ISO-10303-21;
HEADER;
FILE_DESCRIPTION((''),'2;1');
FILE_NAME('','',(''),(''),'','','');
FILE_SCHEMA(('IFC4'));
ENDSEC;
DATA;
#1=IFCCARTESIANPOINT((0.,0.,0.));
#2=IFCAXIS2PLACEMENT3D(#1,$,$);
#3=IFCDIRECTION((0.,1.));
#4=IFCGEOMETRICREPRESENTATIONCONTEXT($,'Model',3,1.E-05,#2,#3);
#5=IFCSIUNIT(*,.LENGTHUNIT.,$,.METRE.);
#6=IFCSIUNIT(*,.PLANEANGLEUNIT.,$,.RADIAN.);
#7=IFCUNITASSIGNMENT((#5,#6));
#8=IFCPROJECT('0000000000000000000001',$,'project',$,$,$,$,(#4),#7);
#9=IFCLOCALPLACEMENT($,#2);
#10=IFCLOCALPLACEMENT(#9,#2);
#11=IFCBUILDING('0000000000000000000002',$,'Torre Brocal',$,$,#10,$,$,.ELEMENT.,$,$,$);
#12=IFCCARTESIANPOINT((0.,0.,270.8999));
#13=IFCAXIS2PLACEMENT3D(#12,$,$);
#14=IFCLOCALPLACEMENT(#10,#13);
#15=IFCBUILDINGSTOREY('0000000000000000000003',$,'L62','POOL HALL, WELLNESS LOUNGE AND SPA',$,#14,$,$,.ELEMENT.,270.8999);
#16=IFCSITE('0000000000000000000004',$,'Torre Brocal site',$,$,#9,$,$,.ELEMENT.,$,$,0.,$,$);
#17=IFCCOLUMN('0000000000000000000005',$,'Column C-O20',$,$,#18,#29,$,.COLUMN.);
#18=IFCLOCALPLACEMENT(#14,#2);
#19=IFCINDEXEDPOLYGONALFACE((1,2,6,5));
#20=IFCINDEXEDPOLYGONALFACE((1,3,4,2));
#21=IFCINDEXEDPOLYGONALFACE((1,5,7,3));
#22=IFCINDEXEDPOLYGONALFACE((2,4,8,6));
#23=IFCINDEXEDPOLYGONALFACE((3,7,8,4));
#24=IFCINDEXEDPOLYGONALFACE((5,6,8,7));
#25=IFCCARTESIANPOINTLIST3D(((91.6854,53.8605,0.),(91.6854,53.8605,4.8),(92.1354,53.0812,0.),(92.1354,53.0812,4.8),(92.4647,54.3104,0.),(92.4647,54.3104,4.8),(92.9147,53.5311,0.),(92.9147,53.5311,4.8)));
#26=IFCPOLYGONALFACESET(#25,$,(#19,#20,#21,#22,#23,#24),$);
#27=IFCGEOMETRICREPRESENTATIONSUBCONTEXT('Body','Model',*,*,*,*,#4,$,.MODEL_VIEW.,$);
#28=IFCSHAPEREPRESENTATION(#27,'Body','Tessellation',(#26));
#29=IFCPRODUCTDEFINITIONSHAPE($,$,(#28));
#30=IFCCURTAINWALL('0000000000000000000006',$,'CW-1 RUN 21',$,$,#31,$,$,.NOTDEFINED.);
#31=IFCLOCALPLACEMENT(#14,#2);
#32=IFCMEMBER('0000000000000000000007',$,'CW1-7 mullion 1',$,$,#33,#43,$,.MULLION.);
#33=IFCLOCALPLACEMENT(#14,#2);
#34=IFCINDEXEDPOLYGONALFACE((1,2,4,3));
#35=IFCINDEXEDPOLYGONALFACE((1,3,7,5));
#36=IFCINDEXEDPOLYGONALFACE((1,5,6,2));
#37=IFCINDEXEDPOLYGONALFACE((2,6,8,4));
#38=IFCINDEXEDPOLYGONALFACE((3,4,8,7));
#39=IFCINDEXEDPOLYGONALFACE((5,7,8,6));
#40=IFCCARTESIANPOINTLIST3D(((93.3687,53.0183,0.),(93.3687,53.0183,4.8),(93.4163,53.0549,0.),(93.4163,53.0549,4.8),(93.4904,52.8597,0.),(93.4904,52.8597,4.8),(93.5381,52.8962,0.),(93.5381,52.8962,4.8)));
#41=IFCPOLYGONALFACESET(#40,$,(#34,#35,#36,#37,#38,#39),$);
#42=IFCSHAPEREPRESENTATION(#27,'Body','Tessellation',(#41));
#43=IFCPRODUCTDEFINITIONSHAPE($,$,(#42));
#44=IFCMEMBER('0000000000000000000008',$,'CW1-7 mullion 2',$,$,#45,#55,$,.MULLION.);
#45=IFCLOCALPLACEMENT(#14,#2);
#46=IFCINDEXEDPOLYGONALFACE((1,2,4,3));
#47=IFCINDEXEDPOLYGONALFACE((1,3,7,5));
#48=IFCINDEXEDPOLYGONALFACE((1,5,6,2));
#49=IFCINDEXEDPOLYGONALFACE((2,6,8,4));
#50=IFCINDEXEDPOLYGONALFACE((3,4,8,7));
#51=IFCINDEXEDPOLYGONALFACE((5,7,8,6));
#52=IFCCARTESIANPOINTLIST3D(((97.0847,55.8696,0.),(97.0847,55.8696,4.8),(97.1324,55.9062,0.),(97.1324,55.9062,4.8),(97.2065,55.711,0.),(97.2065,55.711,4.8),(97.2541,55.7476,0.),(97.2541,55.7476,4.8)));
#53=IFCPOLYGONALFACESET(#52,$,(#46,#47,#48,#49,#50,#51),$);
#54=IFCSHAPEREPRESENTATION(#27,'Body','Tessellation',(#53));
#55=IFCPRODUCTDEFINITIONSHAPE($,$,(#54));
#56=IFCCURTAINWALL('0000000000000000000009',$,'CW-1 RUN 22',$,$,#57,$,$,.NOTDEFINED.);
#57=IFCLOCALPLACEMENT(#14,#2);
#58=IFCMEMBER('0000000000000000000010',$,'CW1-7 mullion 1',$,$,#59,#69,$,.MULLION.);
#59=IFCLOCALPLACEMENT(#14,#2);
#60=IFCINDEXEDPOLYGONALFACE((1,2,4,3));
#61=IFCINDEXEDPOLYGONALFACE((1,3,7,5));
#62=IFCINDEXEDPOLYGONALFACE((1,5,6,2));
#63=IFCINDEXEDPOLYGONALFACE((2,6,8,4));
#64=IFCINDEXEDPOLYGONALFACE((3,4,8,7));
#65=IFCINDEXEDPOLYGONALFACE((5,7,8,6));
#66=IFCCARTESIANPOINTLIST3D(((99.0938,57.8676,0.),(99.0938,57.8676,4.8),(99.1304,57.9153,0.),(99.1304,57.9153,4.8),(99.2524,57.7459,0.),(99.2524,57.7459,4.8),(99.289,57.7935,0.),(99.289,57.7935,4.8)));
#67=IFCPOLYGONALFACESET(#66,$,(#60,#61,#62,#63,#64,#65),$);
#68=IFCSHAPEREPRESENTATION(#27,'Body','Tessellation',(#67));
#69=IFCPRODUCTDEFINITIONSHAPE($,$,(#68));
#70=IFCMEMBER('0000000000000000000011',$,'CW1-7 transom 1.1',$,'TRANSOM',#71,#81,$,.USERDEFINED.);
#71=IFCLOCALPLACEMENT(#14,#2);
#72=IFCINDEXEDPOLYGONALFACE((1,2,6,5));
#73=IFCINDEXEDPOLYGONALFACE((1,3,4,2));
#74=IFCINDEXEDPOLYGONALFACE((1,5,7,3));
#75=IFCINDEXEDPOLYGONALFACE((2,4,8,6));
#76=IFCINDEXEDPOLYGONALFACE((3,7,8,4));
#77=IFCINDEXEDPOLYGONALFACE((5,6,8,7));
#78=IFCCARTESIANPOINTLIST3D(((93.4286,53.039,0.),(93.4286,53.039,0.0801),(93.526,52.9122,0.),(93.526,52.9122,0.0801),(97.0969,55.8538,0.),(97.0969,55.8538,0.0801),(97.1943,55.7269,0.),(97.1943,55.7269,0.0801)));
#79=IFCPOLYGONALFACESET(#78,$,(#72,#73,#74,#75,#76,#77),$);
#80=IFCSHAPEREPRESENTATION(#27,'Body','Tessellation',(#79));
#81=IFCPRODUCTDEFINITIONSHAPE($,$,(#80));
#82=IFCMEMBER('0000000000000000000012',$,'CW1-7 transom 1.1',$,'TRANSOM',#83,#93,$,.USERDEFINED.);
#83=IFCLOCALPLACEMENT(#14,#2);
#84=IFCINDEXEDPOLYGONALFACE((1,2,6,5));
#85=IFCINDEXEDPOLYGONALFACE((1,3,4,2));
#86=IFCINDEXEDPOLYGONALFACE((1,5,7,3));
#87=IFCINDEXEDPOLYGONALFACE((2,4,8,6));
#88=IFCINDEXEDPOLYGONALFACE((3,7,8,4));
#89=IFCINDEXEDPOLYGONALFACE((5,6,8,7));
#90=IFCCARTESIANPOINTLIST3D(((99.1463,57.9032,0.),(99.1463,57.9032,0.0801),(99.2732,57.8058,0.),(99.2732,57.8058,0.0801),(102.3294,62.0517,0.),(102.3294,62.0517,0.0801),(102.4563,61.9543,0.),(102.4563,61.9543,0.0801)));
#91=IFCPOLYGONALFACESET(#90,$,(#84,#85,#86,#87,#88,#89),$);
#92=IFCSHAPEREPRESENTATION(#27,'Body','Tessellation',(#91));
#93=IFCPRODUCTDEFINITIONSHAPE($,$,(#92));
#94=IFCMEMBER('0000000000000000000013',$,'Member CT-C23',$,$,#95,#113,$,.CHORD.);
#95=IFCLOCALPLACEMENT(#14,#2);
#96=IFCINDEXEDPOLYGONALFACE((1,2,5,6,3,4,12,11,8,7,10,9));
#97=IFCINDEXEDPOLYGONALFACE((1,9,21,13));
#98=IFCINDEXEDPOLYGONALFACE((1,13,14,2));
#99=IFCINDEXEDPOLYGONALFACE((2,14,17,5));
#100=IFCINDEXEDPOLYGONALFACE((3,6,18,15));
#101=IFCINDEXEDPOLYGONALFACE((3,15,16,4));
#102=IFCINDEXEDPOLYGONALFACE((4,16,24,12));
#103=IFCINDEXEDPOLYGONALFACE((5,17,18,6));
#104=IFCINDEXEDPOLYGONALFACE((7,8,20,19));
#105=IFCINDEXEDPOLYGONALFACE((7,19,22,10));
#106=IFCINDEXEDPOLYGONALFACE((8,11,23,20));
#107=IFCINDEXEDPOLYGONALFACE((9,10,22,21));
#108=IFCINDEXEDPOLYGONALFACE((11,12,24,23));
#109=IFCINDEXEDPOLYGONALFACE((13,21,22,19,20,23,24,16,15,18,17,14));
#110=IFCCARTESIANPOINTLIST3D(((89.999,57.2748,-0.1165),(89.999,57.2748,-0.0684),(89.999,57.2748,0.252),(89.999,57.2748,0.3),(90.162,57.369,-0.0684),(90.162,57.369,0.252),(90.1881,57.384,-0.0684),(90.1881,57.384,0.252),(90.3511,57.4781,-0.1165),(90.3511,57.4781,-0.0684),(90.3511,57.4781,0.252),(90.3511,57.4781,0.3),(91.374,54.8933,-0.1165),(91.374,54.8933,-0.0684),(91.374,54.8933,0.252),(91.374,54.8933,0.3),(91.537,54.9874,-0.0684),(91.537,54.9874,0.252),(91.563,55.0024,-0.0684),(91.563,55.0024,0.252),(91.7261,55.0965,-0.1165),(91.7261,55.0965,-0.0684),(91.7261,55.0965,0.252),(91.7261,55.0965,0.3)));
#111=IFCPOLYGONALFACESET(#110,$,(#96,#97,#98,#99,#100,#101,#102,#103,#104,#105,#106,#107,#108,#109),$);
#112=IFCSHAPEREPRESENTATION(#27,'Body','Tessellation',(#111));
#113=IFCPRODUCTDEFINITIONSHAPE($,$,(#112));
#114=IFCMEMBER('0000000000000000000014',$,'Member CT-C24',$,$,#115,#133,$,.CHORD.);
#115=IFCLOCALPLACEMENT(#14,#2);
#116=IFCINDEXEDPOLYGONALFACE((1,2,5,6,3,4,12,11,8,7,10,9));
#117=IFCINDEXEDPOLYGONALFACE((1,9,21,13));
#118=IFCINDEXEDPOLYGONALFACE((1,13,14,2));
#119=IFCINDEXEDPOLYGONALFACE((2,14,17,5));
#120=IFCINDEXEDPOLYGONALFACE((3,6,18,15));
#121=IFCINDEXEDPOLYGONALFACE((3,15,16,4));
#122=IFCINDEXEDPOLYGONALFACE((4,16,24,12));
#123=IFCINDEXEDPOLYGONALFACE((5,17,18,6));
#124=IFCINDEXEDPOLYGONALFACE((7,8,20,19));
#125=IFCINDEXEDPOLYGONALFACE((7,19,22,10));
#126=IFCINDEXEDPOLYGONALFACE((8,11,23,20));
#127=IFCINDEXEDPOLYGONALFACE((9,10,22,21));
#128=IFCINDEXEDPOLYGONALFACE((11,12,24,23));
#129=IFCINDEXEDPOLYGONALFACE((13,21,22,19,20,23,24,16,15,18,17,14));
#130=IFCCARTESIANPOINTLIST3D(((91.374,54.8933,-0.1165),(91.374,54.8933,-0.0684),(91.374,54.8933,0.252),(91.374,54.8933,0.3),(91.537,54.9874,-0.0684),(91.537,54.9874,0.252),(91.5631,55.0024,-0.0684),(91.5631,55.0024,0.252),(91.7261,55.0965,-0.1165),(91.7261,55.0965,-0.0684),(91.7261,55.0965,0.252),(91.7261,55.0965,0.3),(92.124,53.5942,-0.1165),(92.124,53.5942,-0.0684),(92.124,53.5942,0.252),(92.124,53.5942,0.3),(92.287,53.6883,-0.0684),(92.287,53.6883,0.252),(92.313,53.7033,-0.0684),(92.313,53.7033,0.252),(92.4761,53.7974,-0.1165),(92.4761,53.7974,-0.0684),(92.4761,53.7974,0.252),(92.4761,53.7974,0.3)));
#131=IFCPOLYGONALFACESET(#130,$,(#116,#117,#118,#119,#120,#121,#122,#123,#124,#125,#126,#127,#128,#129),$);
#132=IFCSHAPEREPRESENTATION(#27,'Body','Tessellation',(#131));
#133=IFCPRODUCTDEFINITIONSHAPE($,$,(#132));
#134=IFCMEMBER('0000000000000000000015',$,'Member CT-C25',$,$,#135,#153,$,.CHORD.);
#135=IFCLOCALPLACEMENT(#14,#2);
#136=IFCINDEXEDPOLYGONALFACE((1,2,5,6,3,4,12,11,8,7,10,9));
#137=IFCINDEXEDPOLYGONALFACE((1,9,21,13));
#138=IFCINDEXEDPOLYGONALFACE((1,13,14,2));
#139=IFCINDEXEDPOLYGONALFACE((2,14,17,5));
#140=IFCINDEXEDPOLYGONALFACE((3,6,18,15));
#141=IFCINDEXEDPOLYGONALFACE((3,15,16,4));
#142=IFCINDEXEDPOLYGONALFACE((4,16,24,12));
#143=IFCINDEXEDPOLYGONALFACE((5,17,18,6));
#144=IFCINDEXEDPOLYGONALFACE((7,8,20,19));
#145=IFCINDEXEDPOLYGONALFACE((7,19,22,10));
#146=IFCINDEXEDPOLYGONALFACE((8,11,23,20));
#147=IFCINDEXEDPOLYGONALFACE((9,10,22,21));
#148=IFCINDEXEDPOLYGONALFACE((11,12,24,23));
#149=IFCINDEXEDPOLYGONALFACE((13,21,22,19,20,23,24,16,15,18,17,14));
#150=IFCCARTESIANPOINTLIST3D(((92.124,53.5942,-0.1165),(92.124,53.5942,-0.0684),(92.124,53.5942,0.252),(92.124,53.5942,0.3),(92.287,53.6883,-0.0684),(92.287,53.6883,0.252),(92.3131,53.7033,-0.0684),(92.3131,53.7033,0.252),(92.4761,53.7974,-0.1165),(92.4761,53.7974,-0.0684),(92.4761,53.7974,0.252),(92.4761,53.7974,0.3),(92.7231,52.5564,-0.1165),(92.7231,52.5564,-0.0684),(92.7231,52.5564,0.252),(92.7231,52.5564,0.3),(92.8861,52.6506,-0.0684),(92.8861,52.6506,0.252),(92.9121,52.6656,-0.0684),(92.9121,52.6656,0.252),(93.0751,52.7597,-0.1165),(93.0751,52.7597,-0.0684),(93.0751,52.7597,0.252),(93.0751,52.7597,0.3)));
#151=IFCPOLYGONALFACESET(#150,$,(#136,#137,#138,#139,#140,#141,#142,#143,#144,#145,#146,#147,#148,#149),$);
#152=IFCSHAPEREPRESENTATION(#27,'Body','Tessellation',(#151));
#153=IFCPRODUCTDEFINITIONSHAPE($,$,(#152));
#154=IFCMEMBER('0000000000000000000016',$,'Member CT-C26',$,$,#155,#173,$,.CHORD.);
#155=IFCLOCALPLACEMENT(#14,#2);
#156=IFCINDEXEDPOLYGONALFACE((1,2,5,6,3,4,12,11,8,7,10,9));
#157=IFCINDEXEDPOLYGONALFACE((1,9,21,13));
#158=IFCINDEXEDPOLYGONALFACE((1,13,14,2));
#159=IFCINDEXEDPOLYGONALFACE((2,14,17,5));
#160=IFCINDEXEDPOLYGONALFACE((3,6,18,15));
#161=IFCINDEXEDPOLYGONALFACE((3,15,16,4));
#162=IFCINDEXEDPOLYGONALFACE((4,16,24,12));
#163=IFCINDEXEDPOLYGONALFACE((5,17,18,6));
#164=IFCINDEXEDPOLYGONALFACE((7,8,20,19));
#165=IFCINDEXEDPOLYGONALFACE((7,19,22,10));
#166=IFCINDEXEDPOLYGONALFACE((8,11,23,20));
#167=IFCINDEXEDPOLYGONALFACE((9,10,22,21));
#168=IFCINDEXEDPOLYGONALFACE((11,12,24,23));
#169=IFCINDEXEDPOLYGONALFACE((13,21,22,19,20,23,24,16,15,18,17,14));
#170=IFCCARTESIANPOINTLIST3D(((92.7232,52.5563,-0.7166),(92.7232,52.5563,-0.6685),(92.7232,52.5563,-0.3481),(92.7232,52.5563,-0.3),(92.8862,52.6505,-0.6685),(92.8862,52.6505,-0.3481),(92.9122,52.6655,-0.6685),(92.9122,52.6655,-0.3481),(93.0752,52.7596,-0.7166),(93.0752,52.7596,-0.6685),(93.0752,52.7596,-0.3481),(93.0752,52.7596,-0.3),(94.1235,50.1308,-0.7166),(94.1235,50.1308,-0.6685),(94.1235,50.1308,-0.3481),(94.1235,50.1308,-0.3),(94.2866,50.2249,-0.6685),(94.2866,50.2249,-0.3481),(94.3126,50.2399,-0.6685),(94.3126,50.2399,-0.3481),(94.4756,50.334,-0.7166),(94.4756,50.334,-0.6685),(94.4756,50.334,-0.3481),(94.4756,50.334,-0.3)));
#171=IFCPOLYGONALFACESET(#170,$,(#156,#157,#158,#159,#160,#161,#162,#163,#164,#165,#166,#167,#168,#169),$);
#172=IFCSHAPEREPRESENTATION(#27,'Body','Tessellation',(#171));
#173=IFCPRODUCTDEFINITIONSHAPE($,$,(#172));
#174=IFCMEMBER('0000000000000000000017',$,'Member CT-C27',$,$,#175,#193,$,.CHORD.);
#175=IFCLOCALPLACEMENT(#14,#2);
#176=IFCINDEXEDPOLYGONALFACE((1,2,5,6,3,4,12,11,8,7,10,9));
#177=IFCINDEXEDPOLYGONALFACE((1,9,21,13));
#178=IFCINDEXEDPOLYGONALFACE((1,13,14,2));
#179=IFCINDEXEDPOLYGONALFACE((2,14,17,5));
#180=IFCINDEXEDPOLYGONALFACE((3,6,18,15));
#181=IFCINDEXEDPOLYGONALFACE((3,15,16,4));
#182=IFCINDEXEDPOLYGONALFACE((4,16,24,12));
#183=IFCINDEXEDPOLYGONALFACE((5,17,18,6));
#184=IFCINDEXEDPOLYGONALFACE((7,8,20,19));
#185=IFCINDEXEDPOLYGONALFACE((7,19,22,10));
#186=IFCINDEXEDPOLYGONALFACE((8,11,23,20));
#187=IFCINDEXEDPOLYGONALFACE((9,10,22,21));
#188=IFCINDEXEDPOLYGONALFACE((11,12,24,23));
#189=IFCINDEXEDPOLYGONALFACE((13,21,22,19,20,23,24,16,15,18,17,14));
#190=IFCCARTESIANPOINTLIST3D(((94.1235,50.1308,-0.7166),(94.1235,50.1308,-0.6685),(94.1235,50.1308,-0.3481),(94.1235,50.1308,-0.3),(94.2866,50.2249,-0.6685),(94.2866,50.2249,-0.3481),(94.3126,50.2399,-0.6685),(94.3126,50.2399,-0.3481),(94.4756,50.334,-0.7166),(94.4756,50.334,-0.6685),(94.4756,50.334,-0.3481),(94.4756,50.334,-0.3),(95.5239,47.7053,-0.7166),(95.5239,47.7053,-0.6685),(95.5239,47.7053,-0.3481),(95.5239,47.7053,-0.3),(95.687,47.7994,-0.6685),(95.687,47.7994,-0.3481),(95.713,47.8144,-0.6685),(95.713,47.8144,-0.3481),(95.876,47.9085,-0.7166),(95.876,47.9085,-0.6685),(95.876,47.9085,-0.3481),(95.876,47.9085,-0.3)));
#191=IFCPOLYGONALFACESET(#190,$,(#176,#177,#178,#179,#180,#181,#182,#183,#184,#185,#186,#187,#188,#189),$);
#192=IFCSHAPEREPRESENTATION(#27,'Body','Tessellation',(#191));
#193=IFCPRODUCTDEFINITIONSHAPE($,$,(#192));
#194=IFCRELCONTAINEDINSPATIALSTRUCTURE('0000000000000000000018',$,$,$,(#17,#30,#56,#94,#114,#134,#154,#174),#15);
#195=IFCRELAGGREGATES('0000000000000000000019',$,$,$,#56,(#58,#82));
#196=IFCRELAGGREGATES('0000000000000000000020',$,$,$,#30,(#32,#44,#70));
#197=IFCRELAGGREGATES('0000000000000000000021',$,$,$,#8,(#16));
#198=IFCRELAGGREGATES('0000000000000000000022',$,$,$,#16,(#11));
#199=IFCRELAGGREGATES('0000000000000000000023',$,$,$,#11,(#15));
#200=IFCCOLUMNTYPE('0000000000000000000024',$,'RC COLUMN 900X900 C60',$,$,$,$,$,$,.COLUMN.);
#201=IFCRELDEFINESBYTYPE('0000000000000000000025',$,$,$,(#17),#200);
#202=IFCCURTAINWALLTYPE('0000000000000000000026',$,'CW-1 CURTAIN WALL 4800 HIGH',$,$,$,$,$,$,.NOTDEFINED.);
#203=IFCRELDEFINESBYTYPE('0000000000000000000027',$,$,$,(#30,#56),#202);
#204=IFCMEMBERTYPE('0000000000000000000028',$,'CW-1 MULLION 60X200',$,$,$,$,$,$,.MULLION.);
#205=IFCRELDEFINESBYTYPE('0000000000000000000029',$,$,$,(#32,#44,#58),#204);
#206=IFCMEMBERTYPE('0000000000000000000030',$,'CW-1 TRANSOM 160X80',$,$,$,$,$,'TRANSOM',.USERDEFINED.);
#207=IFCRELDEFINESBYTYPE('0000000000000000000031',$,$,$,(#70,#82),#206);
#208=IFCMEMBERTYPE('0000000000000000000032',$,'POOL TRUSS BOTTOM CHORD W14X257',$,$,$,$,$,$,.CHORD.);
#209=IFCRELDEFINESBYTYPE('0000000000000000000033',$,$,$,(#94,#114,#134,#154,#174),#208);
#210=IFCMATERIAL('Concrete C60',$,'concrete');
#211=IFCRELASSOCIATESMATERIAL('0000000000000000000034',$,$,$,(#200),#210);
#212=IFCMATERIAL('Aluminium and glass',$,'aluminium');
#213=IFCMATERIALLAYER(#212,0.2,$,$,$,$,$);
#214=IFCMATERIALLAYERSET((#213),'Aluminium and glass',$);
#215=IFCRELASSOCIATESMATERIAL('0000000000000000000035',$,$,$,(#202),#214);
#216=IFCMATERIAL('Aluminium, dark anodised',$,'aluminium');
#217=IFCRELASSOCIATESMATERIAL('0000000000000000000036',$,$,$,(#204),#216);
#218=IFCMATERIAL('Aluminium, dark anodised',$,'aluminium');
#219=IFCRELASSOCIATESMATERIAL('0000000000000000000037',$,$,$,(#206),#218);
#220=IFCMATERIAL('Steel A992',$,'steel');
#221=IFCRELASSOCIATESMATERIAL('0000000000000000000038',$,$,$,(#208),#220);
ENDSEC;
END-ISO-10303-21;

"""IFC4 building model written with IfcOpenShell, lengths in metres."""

from ifc_helpers import new_model, si_unit, direction, frame, origin, origin_2d, place, context, subcontext, project, spatial, rectangle, i_section, extrude, material, layer, layer_set, material_profile, profile_set, type_object, element, aggregate, save


model = new_model("IFC4")

# Units and contexts
model_context = context("Model", 3, precision=1e-05, world=origin(), true_north=direction((0.0, 1.0)))
body_context = subcontext(model_context, "Body", "Model", "MODEL_VIEW")
ifc_project = project(units=[si_unit("LENGTHUNIT", "METRE"), si_unit("PLANEANGLEUNIT", "RADIAN")], contexts=[model_context])

# Site, building, storey
site_placement = place(None, origin())
site = spatial("IfcSite", under=ifc_project, at=site_placement, Name="Torre Brocal site", CompositionType="ELEMENT", RefElevation=0.0)
building_placement = place(site_placement, origin())
building = spatial("IfcBuilding", under=site, at=building_placement, Name="Torre Brocal", CompositionType="ELEMENT")
storey_placement = place(building_placement, frame((0.0, 0.0, 270.8999)))
storey = spatial("IfcBuildingStorey", under=building, at=storey_placement, Name="L62", Description="POOL HALL, WELLNESS LOUNGE AND SPA", CompositionType="ELEMENT", Elevation=270.8999)

# Column
ifc_material_1 = material(Name="Concrete C60", Category="concrete")
ifc_material_profile_1 = material_profile(ifc_material_1, rectangle(XDim=0.8999, YDim=0.8999, at=origin_2d()), Name="RC 900X900")
ifc_profile_set_1 = profile_set([ifc_material_profile_1], Name="Concrete C60")
column_type = type_object("IfcColumnType", Name="RC COLUMN 900X900 C60", PredefinedType="COLUMN", material=ifc_profile_set_1)
column_placement = place(storey_placement, frame((92.3, 53.6958, 0.0), z_axis=(0.0, 0.0, 1.0), x_axis=(0.5, -0.866025, 0.0)))
element("IfcColumn", 1, at=column_placement, inside=storey, type_object=column_type, Name="Column C-O20", PredefinedType="COLUMN", context=body_context, shape_type="SweptSolid", body=[
    extrude(rectangle(XDim=0.8999, YDim=0.8999, at=origin_2d()), origin(), (0.0, 0.0, 1.0), 4.8),
])

# Curtain wall, members
ifc_material_2 = material(Name="Aluminium and glass", Category="aluminium")
ifc_layer_1 = layer(ifc_material_2, 0.2)
ifc_layer_set_1 = layer_set([ifc_layer_1], Name="Aluminium and glass")
curtain_wall_type = type_object("IfcCurtainWallType", Name="CW-1 CURTAIN WALL 4800 HIGH", PredefinedType="NOTDEFINED", material=ifc_layer_set_1)
curtain_wall_1_placement = place(storey_placement, origin())
curtain_wall_1 = element("IfcCurtainWall", 2, at=curtain_wall_1_placement, inside=storey, type_object=curtain_wall_type, Name="CW-1 RUN 21", PredefinedType="NOTDEFINED")
ifc_material_3 = material(Name="Aluminium, dark anodised", Category="aluminium")
ifc_material_profile_2 = material_profile(ifc_material_3, rectangle(XDim=0.2, YDim=0.0601, at=origin_2d()), Name="CW-1 MULLION 60X200")
ifc_profile_set_2 = profile_set([ifc_material_profile_2], Name="Aluminium, dark anodised")
member_type_1 = type_object("IfcMemberType", Name="CW-1 MULLION 60X200", PredefinedType="MULLION", material=ifc_profile_set_2)
member_1_placement = place(storey_placement, frame((93.4534, 52.9573, 0.0), z_axis=(0.0, 0.0, 1.0), x_axis=(-0.608761, 0.793353, 0.0)))
member_1 = element("IfcMember", 3, at=member_1_placement, type_object=member_type_1, Name="CW1-7 mullion 1", PredefinedType="MULLION", context=body_context, shape_type="SweptSolid", body=[
    extrude(rectangle(XDim=0.2, YDim=0.0601, at=origin_2d()), origin(), (0.0, 0.0, 1.0), 4.8),
])
member_2_placement = place(storey_placement, frame((97.1694, 55.8086, 0.0), z_axis=(0.0, 0.0, 1.0), x_axis=(-0.608761, 0.793353, 0.0)))
member_2 = element("IfcMember", 4, at=member_2_placement, type_object=member_type_1, Name="CW1-7 mullion 2", PredefinedType="MULLION", context=body_context, shape_type="SweptSolid", body=[
    extrude(rectangle(XDim=0.2, YDim=0.0601, at=origin_2d()), origin(), (0.0, 0.0, 1.0), 4.8),
])

# Curtain wall, member
curtain_wall_2_placement = place(storey_placement, origin())
curtain_wall_2 = element("IfcCurtainWall", 5, at=curtain_wall_2_placement, inside=storey, type_object=curtain_wall_type, Name="CW-1 RUN 22", PredefinedType="NOTDEFINED")
member_3_placement = place(storey_placement, frame((99.1914, 57.8306, 0.0), z_axis=(0.0, 0.0, 1.0), x_axis=(-0.793353, 0.608761, 0.0)))
member_3 = element("IfcMember", 6, at=member_3_placement, type_object=member_type_1, Name="CW1-7 mullion 1", PredefinedType="MULLION", context=body_context, shape_type="SweptSolid", body=[
    extrude(rectangle(XDim=0.2, YDim=0.0601, at=origin_2d()), origin(), (0.0, 0.0, 1.0), 4.8),
])

# Members
ifc_material_4 = material(Name="Aluminium, dark anodised", Category="aluminium")
ifc_material_profile_3 = material_profile(ifc_material_4, rectangle(XDim=0.1599, YDim=0.0801, at=origin_2d()), Name="CW-1 TRANSOM 160X80")
ifc_profile_set_3 = profile_set([ifc_material_profile_3], Name="Aluminium, dark anodised")
member_type_2 = type_object("IfcMemberType", Name="CW-1 TRANSOM 160X80", ElementType="TRANSOM", PredefinedType="USERDEFINED", material=ifc_profile_set_3)
member_4_placement = place(storey_placement, frame((93.4773, 52.9756, 0.04), z_axis=(0.793356, 0.608759, 0.0), x_axis=(-0.608759, 0.793356, 0.0)))
member_4 = element("IfcMember", 7, at=member_4_placement, type_object=member_type_2, Name="CW1-7 transom 1.1", ObjectType="TRANSOM", PredefinedType="USERDEFINED", context=body_context, shape_type="SweptSolid", body=[
    extrude(rectangle(XDim=0.1599, YDim=0.0801, at=origin_2d()), origin(), (0.0, 0.0, 1.0), 4.6238),
])
member_5_placement = place(storey_placement, frame((99.2097, 57.8545, 0.04), z_axis=(0.608749, 0.793363, 0.0), x_axis=(-0.793363, 0.608749, 0.0)))
member_5 = element("IfcMember", 8, at=member_5_placement, type_object=member_type_2, Name="CW1-7 transom 1.1", ObjectType="TRANSOM", PredefinedType="USERDEFINED", context=body_context, shape_type="SweptSolid", body=[
    extrude(rectangle(XDim=0.1599, YDim=0.0801, at=origin_2d()), origin(), (0.0, 0.0, 1.0), 5.229),
])
aggregate(curtain_wall_2, [member_3, member_5])

# Members
ifc_material_5 = material(Name="Steel A992", Category="steel")
ifc_material_profile_4 = material_profile(ifc_material_5, i_section(OverallWidth=0.4065, OverallDepth=0.4165, WebThickness=0.03, FlangeThickness=0.0481, at=origin_2d()), Name="W14X257")
ifc_profile_set_4 = profile_set([ifc_material_profile_4], Name="Steel A992")
member_type_3 = type_object("IfcMemberType", Name="POOL TRUSS BOTTOM CHORD W14X257", PredefinedType="CHORD", material=ifc_profile_set_4)
member_6_placement = place(storey_placement, frame((90.175, 57.3765, 0.0918), z_axis=(0.499997, -0.866027, 0.0), x_axis=(0.866027, 0.499997, 0.0)))
element("IfcMember", 9, at=member_6_placement, inside=storey, type_object=member_type_3, Name="Member CT-C23", PredefinedType="CHORD", context=body_context, shape_type="SweptSolid", body=[
    extrude(i_section(OverallWidth=0.4065, OverallDepth=0.4165, WebThickness=0.03, FlangeThickness=0.0481, at=origin_2d()), origin(), (0.0, 0.0, 1.0), 2.75),
])
member_7_placement = place(storey_placement, frame((91.55, 54.9949, 0.0918), z_axis=(0.49999, -0.866031, 0.0), x_axis=(0.866031, 0.49999, 0.0)))
element("IfcMember", 10, at=member_7_placement, inside=storey, type_object=member_type_3, Name="Member CT-C24", PredefinedType="CHORD", context=body_context, shape_type="SweptSolid", body=[
    extrude(i_section(OverallWidth=0.4065, OverallDepth=0.4165, WebThickness=0.03, FlangeThickness=0.0481, at=origin_2d()), origin(), (0.0, 0.0, 1.0), 1.5),
])
member_8_placement = place(storey_placement, frame((92.3, 53.6958, 0.0918), z_axis=(0.499952, -0.866053, 0.0), x_axis=(0.866053, 0.499952, 0.0)))
element("IfcMember", 11, at=member_8_placement, inside=storey, type_object=member_type_3, Name="Member CT-C25", PredefinedType="CHORD", context=body_context, shape_type="SweptSolid", body=[
    extrude(i_section(OverallWidth=0.4065, OverallDepth=0.4165, WebThickness=0.03, FlangeThickness=0.0481, at=origin_2d()), origin(), (0.0, 0.0, 1.0), 1.1982),
])
for number, where, z_axis, x_axis, name in (
    (12, (92.8992, 52.658, -0.5083), (0.500002, -0.866024, 0.0), (0.866024, 0.500002, 0.0), "Member CT-C26"),
    (13, (94.2996, 50.2324, -0.5083), (0.500002, -0.866024, 0.0), (0.866024, 0.500002, 0.0), "Member CT-C27"),
):
    element("IfcMember", number, at=place(storey_placement, frame(where, z_axis=z_axis, x_axis=x_axis)), inside=storey, type_object=member_type_3, Name=name, PredefinedType="CHORD", context=body_context, shape_type="SweptSolid", body=[
        extrude(i_section(OverallWidth=0.4065, OverallDepth=0.4165, WebThickness=0.03, FlangeThickness=0.0481, at=origin_2d()), origin(), (0.0, 0.0, 1.0), 2.8008),
    ])

aggregate(curtain_wall_1, [member_1, member_2, member_4])

save(model, "model.ifc")
